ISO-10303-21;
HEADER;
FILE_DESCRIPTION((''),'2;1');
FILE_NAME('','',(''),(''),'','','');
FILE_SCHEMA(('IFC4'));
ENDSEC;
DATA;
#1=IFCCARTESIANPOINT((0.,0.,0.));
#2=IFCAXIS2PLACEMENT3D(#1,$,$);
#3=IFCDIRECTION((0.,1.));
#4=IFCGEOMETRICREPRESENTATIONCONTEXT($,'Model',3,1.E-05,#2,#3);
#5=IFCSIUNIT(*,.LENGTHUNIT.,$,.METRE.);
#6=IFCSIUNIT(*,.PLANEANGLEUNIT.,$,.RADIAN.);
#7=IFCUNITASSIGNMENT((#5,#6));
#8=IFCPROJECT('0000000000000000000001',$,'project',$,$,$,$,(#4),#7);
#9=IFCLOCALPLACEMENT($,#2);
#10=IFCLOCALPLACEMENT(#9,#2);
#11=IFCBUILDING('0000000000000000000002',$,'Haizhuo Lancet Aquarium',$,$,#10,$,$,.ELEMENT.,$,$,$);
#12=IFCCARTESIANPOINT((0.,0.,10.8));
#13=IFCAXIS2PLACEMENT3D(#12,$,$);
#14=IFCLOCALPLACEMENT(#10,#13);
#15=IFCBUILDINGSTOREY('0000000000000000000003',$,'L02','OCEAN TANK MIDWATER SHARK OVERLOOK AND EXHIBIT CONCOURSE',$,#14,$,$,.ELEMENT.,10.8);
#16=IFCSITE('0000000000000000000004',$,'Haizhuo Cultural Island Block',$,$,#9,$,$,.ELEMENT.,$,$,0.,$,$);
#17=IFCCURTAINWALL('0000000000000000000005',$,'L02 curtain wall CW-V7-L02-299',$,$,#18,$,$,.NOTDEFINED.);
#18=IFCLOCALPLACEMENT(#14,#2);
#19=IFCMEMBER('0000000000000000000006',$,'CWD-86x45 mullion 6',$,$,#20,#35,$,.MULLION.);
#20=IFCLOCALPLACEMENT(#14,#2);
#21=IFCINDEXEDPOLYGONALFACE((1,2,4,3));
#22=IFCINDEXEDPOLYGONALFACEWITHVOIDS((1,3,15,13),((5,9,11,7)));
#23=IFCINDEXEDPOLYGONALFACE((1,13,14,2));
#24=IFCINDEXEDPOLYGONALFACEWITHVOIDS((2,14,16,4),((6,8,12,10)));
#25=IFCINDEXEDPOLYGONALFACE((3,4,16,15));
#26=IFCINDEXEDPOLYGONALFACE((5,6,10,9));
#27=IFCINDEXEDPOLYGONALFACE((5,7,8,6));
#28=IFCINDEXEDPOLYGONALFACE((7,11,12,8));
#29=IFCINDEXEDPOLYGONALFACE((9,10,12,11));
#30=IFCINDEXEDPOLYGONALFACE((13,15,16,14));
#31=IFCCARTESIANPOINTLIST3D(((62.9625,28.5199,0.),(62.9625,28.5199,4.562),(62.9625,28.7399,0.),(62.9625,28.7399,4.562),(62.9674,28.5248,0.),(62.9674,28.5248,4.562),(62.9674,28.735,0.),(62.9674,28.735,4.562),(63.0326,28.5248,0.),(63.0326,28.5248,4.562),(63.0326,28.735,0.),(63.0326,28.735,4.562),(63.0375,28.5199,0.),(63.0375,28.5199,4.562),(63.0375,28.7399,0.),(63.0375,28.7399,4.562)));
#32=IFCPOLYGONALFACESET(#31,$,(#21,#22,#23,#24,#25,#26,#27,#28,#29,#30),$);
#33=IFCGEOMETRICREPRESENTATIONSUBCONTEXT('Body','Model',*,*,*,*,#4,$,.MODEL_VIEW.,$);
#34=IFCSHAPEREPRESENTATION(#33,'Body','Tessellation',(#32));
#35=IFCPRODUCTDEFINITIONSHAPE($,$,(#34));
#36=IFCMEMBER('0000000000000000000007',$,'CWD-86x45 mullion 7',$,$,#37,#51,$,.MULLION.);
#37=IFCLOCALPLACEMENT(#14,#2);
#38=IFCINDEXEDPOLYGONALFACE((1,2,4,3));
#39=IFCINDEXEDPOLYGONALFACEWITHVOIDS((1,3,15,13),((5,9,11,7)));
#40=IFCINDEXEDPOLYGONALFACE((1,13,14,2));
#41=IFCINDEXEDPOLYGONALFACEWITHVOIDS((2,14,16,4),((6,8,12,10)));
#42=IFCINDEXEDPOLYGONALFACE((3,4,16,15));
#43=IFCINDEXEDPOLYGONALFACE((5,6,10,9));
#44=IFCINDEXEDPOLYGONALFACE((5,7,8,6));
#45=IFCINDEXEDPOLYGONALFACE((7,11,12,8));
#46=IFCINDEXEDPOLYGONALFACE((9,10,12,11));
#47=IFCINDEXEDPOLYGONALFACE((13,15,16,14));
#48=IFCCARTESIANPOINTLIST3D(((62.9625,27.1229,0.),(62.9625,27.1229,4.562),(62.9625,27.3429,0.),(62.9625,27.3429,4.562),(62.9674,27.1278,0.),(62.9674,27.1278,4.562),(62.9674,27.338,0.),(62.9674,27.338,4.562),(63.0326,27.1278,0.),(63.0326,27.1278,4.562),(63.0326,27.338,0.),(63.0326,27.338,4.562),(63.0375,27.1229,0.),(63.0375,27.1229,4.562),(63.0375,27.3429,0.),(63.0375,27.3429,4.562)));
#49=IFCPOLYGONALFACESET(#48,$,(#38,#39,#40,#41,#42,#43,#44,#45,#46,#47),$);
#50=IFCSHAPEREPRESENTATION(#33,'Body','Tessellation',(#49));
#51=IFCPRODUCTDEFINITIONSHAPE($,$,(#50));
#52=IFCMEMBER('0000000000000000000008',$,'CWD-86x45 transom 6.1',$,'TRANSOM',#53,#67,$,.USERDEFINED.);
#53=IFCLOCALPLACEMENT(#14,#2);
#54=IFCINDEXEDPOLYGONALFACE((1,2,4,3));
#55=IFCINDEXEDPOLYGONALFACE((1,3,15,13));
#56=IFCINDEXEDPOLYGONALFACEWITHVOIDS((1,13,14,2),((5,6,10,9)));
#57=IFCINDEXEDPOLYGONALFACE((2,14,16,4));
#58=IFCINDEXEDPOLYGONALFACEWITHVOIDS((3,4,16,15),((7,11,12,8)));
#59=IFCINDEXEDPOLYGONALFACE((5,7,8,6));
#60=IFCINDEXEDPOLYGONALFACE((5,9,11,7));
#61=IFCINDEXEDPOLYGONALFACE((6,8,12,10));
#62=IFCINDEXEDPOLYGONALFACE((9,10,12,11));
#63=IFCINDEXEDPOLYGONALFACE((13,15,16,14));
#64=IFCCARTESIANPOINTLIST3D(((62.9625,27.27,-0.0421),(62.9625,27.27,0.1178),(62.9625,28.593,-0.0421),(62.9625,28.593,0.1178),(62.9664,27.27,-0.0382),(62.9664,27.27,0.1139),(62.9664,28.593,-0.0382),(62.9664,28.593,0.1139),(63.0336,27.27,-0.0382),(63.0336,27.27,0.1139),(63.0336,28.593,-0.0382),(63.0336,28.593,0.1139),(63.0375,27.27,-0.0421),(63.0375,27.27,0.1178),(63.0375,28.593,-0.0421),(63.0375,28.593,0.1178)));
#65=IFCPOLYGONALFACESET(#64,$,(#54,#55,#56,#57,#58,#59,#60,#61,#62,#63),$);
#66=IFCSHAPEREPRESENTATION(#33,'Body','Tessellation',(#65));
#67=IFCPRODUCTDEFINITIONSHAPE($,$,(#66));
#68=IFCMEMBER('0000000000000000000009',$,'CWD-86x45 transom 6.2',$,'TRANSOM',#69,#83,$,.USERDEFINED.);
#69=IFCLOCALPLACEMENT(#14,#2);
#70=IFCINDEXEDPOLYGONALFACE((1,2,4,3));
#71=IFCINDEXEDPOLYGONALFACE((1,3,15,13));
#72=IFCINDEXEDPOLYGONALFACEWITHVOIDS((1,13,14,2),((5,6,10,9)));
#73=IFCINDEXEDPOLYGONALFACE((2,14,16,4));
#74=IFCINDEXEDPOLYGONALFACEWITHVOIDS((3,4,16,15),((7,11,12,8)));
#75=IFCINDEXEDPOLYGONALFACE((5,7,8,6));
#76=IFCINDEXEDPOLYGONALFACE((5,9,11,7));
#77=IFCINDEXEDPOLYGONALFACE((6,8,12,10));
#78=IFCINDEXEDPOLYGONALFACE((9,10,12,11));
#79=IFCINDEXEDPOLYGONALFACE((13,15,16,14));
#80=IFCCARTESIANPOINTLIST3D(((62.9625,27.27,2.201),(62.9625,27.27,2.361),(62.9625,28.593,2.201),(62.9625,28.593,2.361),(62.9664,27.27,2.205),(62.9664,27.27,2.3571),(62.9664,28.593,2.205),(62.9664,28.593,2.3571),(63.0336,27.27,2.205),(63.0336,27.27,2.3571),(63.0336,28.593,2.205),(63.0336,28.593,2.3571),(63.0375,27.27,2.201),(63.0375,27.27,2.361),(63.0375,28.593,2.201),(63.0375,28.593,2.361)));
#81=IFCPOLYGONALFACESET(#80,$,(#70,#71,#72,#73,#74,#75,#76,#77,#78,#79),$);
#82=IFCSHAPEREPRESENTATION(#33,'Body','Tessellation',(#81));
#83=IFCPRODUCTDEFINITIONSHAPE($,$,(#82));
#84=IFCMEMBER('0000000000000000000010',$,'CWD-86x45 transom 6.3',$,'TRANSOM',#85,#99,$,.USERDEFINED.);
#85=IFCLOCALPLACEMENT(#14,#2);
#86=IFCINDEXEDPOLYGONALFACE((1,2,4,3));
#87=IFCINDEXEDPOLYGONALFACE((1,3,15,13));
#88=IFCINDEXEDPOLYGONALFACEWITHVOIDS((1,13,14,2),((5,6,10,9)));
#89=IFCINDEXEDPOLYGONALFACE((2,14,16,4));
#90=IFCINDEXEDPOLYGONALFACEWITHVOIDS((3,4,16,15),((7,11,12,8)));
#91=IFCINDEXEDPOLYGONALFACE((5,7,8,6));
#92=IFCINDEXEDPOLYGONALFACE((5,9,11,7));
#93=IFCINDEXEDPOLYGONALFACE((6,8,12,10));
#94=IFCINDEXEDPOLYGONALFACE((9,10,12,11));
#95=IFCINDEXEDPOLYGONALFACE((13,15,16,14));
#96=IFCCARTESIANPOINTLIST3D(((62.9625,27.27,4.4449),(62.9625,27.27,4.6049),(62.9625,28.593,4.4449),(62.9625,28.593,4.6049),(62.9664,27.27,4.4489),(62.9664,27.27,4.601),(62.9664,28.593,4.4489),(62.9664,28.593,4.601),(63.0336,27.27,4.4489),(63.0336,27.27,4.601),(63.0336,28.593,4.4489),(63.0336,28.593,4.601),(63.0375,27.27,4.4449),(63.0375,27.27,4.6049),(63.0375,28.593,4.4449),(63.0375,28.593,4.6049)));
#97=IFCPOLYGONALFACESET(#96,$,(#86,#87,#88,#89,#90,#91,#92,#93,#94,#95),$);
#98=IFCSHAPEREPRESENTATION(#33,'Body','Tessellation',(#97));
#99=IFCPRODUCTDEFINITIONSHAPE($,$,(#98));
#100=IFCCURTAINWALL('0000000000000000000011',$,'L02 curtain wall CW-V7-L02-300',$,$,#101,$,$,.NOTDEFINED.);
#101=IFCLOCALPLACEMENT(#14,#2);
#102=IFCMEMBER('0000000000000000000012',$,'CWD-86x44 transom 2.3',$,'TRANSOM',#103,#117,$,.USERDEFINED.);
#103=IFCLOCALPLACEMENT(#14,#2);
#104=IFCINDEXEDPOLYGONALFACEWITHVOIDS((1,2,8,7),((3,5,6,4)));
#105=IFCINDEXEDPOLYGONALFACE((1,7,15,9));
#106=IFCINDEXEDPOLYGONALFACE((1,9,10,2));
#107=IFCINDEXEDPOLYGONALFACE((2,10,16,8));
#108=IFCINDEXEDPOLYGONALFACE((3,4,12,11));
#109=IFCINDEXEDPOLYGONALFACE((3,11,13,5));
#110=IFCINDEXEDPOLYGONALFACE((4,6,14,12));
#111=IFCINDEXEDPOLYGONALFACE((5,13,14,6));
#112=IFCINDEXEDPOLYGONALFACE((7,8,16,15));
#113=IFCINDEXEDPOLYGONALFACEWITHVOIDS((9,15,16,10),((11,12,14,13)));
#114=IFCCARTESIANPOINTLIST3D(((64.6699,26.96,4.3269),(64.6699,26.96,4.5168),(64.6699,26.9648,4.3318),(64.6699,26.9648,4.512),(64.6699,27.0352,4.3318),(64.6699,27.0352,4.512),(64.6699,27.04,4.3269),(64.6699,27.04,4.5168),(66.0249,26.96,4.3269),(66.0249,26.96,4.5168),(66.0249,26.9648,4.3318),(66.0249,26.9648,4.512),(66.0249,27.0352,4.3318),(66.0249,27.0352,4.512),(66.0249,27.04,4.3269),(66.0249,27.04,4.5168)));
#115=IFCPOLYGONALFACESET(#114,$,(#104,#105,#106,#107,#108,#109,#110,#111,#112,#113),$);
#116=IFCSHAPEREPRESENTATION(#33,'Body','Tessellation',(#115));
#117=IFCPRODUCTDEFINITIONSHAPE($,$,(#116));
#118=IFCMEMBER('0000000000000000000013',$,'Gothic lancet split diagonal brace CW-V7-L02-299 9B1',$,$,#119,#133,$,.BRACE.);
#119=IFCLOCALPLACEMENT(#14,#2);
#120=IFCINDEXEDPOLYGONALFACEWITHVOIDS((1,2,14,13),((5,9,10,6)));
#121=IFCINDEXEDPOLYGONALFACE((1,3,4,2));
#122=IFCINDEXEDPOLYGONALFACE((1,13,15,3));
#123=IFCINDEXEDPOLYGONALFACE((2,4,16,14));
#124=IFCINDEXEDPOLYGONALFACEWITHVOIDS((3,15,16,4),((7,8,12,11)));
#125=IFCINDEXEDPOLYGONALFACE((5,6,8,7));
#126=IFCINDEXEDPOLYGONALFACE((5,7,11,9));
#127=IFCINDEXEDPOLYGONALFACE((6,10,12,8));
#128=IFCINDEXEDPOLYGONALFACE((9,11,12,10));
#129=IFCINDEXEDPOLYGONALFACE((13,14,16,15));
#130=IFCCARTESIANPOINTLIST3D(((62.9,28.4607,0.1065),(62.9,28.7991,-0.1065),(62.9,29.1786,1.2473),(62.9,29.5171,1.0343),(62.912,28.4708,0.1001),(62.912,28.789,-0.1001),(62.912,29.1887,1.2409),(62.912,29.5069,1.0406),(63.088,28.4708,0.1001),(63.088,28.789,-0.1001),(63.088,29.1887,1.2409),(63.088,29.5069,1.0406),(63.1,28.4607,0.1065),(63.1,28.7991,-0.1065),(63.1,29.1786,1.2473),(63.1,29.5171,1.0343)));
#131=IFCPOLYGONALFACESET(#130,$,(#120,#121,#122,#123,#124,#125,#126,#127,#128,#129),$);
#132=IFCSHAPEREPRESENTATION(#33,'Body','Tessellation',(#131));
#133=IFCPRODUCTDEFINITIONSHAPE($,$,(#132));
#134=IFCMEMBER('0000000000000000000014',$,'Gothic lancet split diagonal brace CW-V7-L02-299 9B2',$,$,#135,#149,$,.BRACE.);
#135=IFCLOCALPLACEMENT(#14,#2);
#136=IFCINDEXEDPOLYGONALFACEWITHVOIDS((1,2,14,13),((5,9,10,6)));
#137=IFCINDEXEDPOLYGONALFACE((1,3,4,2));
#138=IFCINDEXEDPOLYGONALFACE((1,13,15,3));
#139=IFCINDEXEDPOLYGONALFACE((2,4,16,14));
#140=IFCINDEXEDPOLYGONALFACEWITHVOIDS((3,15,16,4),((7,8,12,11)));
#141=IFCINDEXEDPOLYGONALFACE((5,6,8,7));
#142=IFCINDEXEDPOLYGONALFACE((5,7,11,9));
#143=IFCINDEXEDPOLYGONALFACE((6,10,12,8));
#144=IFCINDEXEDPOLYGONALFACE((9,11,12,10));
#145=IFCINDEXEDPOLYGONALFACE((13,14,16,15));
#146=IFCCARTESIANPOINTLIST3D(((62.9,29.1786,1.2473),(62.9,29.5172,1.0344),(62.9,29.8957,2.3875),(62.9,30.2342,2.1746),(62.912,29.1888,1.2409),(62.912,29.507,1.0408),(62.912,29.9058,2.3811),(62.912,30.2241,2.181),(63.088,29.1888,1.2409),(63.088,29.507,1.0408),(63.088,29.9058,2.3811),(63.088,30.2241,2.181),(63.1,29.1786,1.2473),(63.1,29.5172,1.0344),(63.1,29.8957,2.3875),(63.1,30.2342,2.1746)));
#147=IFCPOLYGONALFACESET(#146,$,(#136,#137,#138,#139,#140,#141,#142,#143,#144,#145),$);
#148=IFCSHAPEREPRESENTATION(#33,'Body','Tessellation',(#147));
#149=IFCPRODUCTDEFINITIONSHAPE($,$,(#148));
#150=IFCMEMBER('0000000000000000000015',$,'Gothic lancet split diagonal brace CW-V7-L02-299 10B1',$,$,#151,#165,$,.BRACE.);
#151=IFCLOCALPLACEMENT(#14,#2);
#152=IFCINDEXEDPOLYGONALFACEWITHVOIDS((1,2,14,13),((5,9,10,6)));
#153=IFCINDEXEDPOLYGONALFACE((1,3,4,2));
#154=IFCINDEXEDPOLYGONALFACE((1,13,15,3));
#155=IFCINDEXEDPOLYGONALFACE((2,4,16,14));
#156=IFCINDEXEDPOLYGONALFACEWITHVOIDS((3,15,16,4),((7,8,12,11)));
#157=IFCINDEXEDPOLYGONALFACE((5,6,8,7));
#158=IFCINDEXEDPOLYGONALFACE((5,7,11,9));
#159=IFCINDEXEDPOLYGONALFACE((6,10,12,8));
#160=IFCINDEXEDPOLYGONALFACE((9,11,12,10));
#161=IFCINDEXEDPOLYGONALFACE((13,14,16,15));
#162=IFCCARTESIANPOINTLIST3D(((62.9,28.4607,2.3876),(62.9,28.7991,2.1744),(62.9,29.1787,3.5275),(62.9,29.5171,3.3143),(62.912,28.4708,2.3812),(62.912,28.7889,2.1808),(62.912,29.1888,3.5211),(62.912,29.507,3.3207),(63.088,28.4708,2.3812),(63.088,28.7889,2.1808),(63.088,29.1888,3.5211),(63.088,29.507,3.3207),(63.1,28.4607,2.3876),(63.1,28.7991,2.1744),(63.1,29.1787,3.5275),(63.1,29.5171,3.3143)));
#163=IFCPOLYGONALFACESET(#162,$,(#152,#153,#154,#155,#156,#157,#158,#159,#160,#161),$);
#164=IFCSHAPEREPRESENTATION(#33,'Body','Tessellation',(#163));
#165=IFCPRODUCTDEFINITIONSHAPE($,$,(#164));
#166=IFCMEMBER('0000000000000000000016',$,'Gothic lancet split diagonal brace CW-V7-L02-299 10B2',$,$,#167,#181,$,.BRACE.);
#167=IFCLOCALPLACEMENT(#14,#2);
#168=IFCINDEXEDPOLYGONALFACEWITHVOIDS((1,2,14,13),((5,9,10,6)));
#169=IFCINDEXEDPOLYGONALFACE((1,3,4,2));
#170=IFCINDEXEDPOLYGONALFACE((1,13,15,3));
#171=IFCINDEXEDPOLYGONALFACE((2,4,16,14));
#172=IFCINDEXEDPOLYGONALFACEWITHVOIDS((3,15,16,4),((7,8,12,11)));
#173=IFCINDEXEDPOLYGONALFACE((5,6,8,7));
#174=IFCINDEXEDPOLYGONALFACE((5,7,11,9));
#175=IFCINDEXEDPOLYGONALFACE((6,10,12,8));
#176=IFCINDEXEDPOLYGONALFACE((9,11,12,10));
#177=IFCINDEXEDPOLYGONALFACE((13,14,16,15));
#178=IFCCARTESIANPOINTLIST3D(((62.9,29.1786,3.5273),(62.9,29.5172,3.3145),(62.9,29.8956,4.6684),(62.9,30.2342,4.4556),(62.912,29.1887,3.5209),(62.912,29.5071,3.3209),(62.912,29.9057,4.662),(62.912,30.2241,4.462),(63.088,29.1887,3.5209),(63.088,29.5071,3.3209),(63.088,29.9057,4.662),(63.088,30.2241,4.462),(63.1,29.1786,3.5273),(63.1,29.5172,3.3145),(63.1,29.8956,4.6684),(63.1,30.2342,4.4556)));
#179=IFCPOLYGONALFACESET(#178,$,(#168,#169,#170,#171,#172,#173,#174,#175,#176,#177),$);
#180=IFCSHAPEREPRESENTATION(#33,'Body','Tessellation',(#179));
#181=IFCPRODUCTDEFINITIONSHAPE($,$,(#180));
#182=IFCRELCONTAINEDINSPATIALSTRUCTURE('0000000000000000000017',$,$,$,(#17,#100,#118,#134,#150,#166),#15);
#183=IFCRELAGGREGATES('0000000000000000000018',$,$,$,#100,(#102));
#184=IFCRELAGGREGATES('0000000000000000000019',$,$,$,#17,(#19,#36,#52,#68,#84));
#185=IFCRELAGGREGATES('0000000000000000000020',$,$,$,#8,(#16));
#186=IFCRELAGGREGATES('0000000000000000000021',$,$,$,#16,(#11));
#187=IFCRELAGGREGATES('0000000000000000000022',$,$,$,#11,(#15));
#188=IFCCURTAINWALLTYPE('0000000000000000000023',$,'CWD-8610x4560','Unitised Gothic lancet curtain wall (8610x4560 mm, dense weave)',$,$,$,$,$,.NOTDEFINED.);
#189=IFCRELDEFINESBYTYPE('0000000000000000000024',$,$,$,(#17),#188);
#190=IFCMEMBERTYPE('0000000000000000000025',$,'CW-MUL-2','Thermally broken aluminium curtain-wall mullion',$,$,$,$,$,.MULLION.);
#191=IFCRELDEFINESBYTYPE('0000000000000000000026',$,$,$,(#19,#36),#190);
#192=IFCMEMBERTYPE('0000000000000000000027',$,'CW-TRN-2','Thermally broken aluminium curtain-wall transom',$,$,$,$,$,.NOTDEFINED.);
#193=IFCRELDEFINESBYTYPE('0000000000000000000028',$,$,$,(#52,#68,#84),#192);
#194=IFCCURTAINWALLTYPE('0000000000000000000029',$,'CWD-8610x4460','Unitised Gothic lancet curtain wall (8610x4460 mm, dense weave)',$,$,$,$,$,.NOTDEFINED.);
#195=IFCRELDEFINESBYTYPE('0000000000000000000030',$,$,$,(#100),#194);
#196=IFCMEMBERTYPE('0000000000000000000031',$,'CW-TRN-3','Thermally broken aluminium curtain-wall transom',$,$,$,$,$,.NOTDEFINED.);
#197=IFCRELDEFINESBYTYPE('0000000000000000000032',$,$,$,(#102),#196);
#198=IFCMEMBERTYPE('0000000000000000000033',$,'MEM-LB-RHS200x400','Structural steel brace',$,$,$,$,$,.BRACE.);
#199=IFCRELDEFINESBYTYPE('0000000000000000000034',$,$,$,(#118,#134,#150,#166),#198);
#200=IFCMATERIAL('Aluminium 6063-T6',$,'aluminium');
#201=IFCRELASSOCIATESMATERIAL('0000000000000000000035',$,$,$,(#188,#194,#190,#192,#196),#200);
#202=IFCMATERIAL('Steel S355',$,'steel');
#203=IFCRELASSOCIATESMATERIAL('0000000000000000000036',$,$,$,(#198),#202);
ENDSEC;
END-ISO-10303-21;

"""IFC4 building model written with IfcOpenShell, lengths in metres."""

from ifc_helpers import new_model, si_unit, direction, frame, origin, origin_2d, place, context, subcontext, project, spatial, hollow_rectangle, extrude, material, material_profile, profile_set, type_object, element, aggregate, save


model = new_model("IFC4")

# Units and contexts
model_context = context("Model", 3, precision=1e-05, world=origin(), true_north=direction((0.0, 1.0)))
body_context = subcontext(model_context, "Body", "Model", "MODEL_VIEW")
ifc_project = project(units=[si_unit("LENGTHUNIT", "METRE"), si_unit("PLANEANGLEUNIT", "RADIAN")], contexts=[model_context])

# Site, building, storey
site_placement = place(None, origin())
site = spatial("IfcSite", under=ifc_project, at=site_placement, Name="Haizhuo Cultural Island Block", CompositionType="ELEMENT", RefElevation=0.0)
building_placement = place(site_placement, origin())
building = spatial("IfcBuilding", under=site, at=building_placement, Name="Haizhuo Lancet Aquarium", CompositionType="ELEMENT")
storey_placement = place(building_placement, frame((0.0, 0.0, 10.8)))
storey = spatial("IfcBuildingStorey", under=building, at=storey_placement, Name="L02", Description="OCEAN TANK MIDWATER SHARK OVERLOOK AND EXHIBIT CONCOURSE", CompositionType="ELEMENT", Elevation=10.8)

# Curtain wall, members
ifc_material_1 = material(Name="Aluminium 6063-T6", Category="aluminium")
curtain_wall_type_1 = type_object("IfcCurtainWallType", Name="CWD-8610x4560", Description="Unitised Gothic lancet curtain wall (8610x4560 mm, dense weave)", PredefinedType="NOTDEFINED", material=ifc_material_1)
curtain_wall_1_placement = place(storey_placement, origin())
curtain_wall_1 = element("IfcCurtainWall", 1, at=curtain_wall_1_placement, inside=storey, type_object=curtain_wall_type_1, Name="L02 curtain wall CW-V7-L02-299", PredefinedType="NOTDEFINED")
ifc_material_profile_1 = material_profile(ifc_material_1, hollow_rectangle(XDim=0.075, YDim=0.22, WallThickness=0.0049, at=origin_2d()), Name="ALU-M 75x220x5")
ifc_profile_set_1 = profile_set([ifc_material_profile_1], Name="Aluminium 6063-T6")
member_type_1 = type_object("IfcMemberType", Name="CW-MUL-2", Description="Thermally broken aluminium curtain-wall mullion", PredefinedType="MULLION", material=ifc_profile_set_1)
member_1_placement = place(storey_placement, frame((63.0, 28.6299, 0.0), z_axis=(0.0, 0.0, 1.0), x_axis=(1.0, 0.0, 0.0)))
member_1 = element("IfcMember", 2, at=member_1_placement, type_object=member_type_1, Name="CWD-86x45 mullion 6", PredefinedType="MULLION", context=body_context, shape_type="SweptSolid", body=[
    extrude(hollow_rectangle(XDim=0.075, YDim=0.22, WallThickness=0.0049, at=origin_2d()), origin(), (0.0, 0.0, 1.0), 4.562),
])
member_2_placement = place(storey_placement, frame((63.0, 27.2329, 0.0), z_axis=(0.0, 0.0, 1.0), x_axis=(1.0, 0.0, 0.0)))
member_2 = element("IfcMember", 3, at=member_2_placement, type_object=member_type_1, Name="CWD-86x45 mullion 7", PredefinedType="MULLION", context=body_context, shape_type="SweptSolid", body=[
    extrude(hollow_rectangle(XDim=0.075, YDim=0.22, WallThickness=0.0049, at=origin_2d()), origin(), (0.0, 0.0, 1.0), 4.562),
])
ifc_material_profile_2 = material_profile(ifc_material_1, hollow_rectangle(XDim=0.075, YDim=0.1599, WallThickness=0.0039, at=origin_2d()), Name="ALU-T 75x160x4")
ifc_profile_set_2 = profile_set([ifc_material_profile_2], Name="Aluminium 6063-T6")
member_type_2 = type_object("IfcMemberType", Name="CW-TRN-2", Description="Thermally broken aluminium curtain-wall transom", PredefinedType="NOTDEFINED", material=ifc_profile_set_2)
member_3_placement = place(storey_placement, frame((63.0, 28.593, 0.0378), z_axis=(0.0, -1.0, 0.0), x_axis=(1.0, 0.0, 0.0)))
member_3 = element("IfcMember", 4, at=member_3_placement, type_object=member_type_2, Name="CWD-86x45 transom 6.1", ObjectType="TRANSOM", PredefinedType="USERDEFINED", context=body_context, shape_type="SweptSolid", body=[
    extrude(hollow_rectangle(XDim=0.075, YDim=0.1599, WallThickness=0.0039, at=origin_2d()), origin(), (0.0, 0.0, 1.0), 1.323),
])
member_4_placement = place(storey_placement, frame((63.0, 28.593, 2.281), z_axis=(0.0, -1.0, 0.0), x_axis=(1.0, 0.0, 0.0)))
member_4 = element("IfcMember", 5, at=member_4_placement, type_object=member_type_2, Name="CWD-86x45 transom 6.2", ObjectType="TRANSOM", PredefinedType="USERDEFINED", context=body_context, shape_type="SweptSolid", body=[
    extrude(hollow_rectangle(XDim=0.075, YDim=0.1599, WallThickness=0.0039, at=origin_2d()), origin(), (0.0, 0.0, 1.0), 1.323),
])
member_5_placement = place(storey_placement, frame((63.0, 28.593, 4.5249), z_axis=(0.0, -1.0, 0.0), x_axis=(1.0, 0.0, 0.0)))
member_5 = element("IfcMember", 6, at=member_5_placement, type_object=member_type_2, Name="CWD-86x45 transom 6.3", ObjectType="TRANSOM", PredefinedType="USERDEFINED", context=body_context, shape_type="SweptSolid", body=[
    extrude(hollow_rectangle(XDim=0.075, YDim=0.1599, WallThickness=0.0039, at=origin_2d()), origin(), (0.0, 0.0, 1.0), 1.323),
])

# Curtain wall, member
curtain_wall_type_2 = type_object("IfcCurtainWallType", Name="CWD-8610x4460", Description="Unitised Gothic lancet curtain wall (8610x4460 mm, dense weave)", PredefinedType="NOTDEFINED", material=ifc_material_1)
curtain_wall_2_placement = place(storey_placement, origin())
curtain_wall_2 = element("IfcCurtainWall", 7, at=curtain_wall_2_placement, inside=storey, type_object=curtain_wall_type_2, Name="L02 curtain wall CW-V7-L02-300", PredefinedType="NOTDEFINED")
ifc_material_profile_3 = material_profile(ifc_material_1, hollow_rectangle(XDim=0.0801, YDim=0.1899, WallThickness=0.0049, at=origin_2d()), Name="ALU-T 80x190x5")
ifc_profile_set_3 = profile_set([ifc_material_profile_3], Name="Aluminium 6063-T6")
member_type_3 = type_object("IfcMemberType", Name="CW-TRN-3", Description="Thermally broken aluminium curtain-wall transom", PredefinedType="NOTDEFINED", material=ifc_profile_set_3)
member_6_placement = place(storey_placement, frame((64.6699, 27.0, 4.4219), z_axis=(1.0, 0.0, 0.0), x_axis=(0.0, 1.0, 0.0)))
member_6 = element("IfcMember", 8, at=member_6_placement, type_object=member_type_3, Name="CWD-86x44 transom 2.3", ObjectType="TRANSOM", PredefinedType="USERDEFINED", context=body_context, shape_type="SweptSolid", body=[
    extrude(hollow_rectangle(XDim=0.0801, YDim=0.1899, WallThickness=0.0049, at=origin_2d()), origin(), (0.0, 0.0, 1.0), 1.355),
])
aggregate(curtain_wall_2, [member_6])

# Members
ifc_material_2 = material(Name="Steel S355", Category="steel")
ifc_material_profile_4 = material_profile(ifc_material_2, hollow_rectangle(XDim=0.2, YDim=0.3999, WallThickness=0.012, at=origin_2d()), Name="RHS 200x400x12")
ifc_profile_set_4 = profile_set([ifc_material_profile_4], Name="Steel S355")
member_type_4 = type_object("IfcMemberType", Name="MEM-LB-RHS200x400", Description="Structural steel brace", PredefinedType="BRACE", material=ifc_profile_set_4)
member_7_placement = place(storey_placement, frame((63.0, 28.6299, 0.0), z_axis=(0.0, 0.53265, 0.846336), x_axis=(-1.0, 0.0, 0.0)))
element("IfcMember", 9, at=member_7_placement, inside=storey, type_object=member_type_4, Name="Gothic lancet split diagonal brace CW-V7-L02-299 9B1", PredefinedType="BRACE", context=body_context, shape_type="SweptSolid", body=[
    extrude(hollow_rectangle(XDim=0.2, YDim=0.3999, WallThickness=0.012, at=origin_2d()), origin(), (0.0, 0.0, 1.0), 1.3479),
])
member_8_placement = place(storey_placement, frame((63.0, 29.3479, 1.1409), z_axis=(0.0, 0.532376, 0.846508), x_axis=(-1.0, 0.0, 0.0)))
element("IfcMember", 10, at=member_8_placement, inside=storey, type_object=member_type_4, Name="Gothic lancet split diagonal brace CW-V7-L02-299 9B2", PredefinedType="BRACE", context=body_context, shape_type="SweptSolid", body=[
    extrude(hollow_rectangle(XDim=0.2, YDim=0.3999, WallThickness=0.012, at=origin_2d()), origin(), (0.0, 0.0, 1.0), 1.3469),
])
member_9_placement = place(storey_placement, frame((63.0, 28.6299, 2.281), z_axis=(0.0, 0.532977, 0.84613), x_axis=(-1.0, 0.0, 0.0)))
element("IfcMember", 11, at=member_9_placement, inside=storey, type_object=member_type_4, Name="Gothic lancet split diagonal brace CW-V7-L02-299 10B1", PredefinedType="BRACE", context=body_context, shape_type="SweptSolid", body=[
    extrude(hollow_rectangle(XDim=0.2, YDim=0.3999, WallThickness=0.012, at=origin_2d()), origin(), (0.0, 0.0, 1.0), 1.3472),
])
member_10_placement = place(storey_placement, frame((63.0, 29.3479, 3.4209), z_axis=(0.0, 0.532049, 0.846713), x_axis=(-1.0, 0.0, 0.0)))
element("IfcMember", 12, at=member_10_placement, inside=storey, type_object=member_type_4, Name="Gothic lancet split diagonal brace CW-V7-L02-299 10B2", PredefinedType="BRACE", context=body_context, shape_type="SweptSolid", body=[
    extrude(hollow_rectangle(XDim=0.2, YDim=0.3999, WallThickness=0.012, at=origin_2d()), origin(), (0.0, 0.0, 1.0), 1.3477),
])

aggregate(curtain_wall_1, [member_1, member_2, member_3, member_4, member_5])

save(model, "model.ifc")
